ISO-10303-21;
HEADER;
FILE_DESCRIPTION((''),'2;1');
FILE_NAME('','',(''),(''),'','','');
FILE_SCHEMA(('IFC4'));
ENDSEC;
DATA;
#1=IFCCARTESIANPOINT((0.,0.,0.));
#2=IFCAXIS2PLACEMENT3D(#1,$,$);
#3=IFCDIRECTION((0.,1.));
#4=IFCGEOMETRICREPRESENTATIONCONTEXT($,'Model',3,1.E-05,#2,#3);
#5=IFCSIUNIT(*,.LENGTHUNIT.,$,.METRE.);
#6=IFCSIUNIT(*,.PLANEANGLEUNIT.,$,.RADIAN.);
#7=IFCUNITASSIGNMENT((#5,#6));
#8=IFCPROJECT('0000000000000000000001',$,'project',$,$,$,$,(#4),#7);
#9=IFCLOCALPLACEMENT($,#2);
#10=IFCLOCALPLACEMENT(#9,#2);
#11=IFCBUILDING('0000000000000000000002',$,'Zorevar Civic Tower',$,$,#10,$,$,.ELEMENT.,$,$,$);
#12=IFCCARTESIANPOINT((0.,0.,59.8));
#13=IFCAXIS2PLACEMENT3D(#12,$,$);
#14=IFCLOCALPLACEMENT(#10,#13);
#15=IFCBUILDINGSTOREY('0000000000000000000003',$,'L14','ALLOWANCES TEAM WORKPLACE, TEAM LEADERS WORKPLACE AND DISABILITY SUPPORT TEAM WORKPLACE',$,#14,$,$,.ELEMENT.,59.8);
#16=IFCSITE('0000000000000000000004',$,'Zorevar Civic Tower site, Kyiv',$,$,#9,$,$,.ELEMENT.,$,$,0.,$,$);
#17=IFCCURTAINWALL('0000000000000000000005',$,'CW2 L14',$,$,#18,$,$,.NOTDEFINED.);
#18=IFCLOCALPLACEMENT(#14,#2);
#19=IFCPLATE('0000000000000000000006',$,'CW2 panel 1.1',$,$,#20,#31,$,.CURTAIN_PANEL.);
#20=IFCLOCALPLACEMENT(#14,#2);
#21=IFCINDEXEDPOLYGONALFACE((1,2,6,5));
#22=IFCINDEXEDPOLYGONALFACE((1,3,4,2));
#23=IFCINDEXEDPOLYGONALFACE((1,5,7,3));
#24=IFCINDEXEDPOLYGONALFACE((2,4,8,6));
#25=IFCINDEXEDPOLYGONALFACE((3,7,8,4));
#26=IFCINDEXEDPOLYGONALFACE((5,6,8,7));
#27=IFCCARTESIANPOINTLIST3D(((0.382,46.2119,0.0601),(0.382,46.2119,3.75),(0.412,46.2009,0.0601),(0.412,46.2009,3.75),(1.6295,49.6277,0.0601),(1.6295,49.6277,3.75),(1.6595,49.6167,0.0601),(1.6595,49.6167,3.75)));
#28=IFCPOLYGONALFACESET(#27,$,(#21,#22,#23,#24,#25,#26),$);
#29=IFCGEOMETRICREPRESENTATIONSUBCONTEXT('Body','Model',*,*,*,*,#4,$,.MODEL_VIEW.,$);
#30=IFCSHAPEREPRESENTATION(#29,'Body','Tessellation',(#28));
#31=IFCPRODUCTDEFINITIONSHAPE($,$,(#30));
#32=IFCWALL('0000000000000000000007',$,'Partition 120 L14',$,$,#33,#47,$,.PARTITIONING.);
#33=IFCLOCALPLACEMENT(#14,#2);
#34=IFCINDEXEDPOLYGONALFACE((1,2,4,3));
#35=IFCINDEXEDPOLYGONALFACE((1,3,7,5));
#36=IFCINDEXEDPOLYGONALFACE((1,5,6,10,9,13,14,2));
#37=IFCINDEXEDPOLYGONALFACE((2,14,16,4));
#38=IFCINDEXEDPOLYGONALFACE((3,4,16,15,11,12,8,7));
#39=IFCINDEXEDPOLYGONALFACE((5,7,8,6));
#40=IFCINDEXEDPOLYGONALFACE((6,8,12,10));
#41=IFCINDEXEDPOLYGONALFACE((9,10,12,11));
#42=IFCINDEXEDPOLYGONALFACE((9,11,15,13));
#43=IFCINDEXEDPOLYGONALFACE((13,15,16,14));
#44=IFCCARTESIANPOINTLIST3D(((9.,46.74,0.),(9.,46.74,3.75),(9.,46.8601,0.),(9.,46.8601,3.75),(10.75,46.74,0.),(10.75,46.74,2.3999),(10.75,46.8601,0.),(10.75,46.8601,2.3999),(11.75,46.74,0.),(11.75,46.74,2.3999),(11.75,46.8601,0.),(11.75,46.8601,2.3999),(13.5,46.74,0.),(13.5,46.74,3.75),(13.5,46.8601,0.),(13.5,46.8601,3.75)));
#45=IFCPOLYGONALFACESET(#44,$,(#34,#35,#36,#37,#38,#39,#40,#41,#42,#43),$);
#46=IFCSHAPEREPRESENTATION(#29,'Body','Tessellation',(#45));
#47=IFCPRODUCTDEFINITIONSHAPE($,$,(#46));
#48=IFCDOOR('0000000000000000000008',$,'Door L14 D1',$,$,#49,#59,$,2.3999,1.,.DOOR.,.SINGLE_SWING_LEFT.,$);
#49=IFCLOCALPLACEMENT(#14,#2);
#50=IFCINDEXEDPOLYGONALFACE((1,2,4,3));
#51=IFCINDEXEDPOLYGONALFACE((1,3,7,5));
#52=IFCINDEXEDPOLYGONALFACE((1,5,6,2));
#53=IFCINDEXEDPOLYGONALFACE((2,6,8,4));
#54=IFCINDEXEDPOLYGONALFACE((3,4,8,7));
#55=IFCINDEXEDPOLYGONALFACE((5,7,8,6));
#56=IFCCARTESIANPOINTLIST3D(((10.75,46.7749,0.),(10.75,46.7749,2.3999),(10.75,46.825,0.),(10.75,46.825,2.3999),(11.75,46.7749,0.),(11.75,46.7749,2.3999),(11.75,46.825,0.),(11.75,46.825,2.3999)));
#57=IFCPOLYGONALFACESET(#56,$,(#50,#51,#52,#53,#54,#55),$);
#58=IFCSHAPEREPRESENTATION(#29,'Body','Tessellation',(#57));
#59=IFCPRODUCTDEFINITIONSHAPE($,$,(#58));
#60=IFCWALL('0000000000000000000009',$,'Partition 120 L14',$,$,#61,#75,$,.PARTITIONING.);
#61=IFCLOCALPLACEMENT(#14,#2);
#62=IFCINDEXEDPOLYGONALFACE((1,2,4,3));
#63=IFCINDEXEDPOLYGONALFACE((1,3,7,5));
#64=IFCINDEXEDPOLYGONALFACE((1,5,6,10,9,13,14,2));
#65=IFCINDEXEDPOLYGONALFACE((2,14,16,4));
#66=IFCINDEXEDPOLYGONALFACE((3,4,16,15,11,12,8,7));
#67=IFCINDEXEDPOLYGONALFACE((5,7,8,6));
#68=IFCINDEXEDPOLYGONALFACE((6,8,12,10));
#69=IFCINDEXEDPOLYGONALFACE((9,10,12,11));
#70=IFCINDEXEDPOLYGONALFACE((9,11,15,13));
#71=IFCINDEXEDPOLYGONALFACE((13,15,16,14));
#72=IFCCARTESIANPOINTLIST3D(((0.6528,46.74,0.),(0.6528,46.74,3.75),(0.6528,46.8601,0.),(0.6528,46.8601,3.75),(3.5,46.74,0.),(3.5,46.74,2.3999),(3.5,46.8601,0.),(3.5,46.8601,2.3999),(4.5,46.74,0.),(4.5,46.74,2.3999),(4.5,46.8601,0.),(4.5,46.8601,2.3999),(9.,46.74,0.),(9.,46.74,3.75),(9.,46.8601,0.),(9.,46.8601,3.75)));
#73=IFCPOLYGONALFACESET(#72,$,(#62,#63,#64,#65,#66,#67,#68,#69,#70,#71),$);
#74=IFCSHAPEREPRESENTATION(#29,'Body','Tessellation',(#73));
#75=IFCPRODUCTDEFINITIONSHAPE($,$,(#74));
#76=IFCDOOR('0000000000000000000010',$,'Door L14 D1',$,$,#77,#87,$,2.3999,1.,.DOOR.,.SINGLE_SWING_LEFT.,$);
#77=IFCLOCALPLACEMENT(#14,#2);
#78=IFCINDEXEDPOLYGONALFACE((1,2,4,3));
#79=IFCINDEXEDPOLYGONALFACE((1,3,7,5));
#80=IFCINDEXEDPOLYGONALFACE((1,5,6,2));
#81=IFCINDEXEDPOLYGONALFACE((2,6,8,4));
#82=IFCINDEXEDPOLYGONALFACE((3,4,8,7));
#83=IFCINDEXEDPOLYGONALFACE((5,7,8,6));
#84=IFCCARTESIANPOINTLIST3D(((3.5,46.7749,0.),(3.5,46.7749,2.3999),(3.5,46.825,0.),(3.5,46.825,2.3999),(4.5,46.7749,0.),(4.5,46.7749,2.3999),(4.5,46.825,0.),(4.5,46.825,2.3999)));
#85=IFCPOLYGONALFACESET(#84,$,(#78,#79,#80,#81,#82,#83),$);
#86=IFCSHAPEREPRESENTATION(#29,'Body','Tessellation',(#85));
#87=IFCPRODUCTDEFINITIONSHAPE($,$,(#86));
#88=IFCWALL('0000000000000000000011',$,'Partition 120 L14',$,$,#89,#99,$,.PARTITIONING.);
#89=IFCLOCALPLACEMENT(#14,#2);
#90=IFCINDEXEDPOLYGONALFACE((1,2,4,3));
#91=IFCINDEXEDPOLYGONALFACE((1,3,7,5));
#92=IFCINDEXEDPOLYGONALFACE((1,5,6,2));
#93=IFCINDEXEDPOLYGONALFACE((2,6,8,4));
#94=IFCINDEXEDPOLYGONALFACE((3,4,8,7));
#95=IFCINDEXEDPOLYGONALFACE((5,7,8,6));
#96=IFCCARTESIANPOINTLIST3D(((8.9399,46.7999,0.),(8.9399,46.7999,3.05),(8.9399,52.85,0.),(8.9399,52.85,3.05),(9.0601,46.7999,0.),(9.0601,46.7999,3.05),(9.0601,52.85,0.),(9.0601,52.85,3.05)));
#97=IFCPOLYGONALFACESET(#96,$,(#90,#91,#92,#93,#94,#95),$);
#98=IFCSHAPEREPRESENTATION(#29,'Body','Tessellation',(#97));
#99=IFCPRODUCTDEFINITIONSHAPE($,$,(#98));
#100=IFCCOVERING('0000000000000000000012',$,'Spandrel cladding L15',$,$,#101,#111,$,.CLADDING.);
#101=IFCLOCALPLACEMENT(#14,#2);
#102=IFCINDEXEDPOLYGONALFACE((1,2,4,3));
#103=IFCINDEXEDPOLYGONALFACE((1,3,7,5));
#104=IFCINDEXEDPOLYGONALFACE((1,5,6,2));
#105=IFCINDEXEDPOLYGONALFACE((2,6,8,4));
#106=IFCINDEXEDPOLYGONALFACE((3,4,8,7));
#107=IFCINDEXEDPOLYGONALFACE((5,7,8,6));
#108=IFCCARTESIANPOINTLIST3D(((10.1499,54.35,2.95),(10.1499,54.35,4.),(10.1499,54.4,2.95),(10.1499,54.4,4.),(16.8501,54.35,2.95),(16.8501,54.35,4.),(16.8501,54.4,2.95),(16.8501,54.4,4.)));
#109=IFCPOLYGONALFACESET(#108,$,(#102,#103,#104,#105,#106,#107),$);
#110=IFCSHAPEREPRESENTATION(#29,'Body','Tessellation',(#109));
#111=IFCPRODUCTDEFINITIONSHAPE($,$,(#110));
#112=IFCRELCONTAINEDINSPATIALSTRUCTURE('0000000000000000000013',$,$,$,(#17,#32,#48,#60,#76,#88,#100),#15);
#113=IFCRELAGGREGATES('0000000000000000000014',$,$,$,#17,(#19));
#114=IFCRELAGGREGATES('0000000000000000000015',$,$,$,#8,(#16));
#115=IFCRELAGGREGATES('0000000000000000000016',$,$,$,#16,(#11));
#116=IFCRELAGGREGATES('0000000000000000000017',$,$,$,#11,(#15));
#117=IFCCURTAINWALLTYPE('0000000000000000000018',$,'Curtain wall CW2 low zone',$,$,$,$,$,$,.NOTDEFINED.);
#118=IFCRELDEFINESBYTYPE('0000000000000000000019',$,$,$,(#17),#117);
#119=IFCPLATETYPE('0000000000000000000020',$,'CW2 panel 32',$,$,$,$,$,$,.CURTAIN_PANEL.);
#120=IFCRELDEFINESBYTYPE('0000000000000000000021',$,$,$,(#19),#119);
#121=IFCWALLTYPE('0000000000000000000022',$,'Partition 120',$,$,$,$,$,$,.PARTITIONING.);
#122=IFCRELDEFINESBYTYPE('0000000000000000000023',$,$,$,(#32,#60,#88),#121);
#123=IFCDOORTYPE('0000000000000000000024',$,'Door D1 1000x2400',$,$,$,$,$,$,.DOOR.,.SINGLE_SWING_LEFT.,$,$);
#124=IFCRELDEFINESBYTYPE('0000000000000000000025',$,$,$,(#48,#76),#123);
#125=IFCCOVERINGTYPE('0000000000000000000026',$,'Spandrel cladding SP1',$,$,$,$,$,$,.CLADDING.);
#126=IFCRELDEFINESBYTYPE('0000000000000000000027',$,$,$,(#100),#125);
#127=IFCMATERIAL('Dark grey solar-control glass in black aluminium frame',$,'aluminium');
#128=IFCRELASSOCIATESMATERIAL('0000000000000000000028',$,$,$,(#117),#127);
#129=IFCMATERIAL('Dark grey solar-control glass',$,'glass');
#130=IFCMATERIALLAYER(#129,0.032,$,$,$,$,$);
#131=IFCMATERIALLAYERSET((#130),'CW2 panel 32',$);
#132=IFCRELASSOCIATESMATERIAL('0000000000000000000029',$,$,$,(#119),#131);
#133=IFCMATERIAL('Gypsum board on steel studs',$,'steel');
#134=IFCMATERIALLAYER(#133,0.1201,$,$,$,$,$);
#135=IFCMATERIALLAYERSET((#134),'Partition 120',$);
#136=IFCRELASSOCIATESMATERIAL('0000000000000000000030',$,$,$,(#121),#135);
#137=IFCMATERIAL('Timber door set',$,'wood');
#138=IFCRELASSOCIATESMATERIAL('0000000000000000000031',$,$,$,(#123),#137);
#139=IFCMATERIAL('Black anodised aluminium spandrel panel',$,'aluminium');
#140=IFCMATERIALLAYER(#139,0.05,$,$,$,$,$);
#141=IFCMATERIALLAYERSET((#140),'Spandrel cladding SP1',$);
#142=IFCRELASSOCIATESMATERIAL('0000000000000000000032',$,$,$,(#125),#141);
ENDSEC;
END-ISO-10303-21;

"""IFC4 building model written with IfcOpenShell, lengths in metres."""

from ifc_helpers import new_model, si_unit, direction, frame, frame_2d, origin, origin_2d, place, context, subcontext, project, spatial, rectangle, extrude, material, layer, layer_set, type_object, element, fill, aggregate, save


model = new_model("IFC4")

# Units and contexts
model_context = context("Model", 3, precision=1e-05, world=origin(), true_north=direction((0.0, 1.0)))
body_context = subcontext(model_context, "Body", "Model", "MODEL_VIEW")
ifc_project = project(units=[si_unit("LENGTHUNIT", "METRE"), si_unit("PLANEANGLEUNIT", "RADIAN")], contexts=[model_context])

# Site, building, storey
site_placement = place(None, origin())
site = spatial("IfcSite", under=ifc_project, at=site_placement, Name="Zorevar Civic Tower site, Kyiv", CompositionType="ELEMENT", RefElevation=0.0)
building_placement = place(site_placement, origin())
building = spatial("IfcBuilding", under=site, at=building_placement, Name="Zorevar Civic Tower", CompositionType="ELEMENT")
storey_placement = place(building_placement, frame((0.0, 0.0, 59.8)))
storey = spatial("IfcBuildingStorey", under=building, at=storey_placement, Name="L14", Description="ALLOWANCES TEAM WORKPLACE, TEAM LEADERS WORKPLACE AND DISABILITY SUPPORT TEAM WORKPLACE", CompositionType="ELEMENT", Elevation=59.8)

# Shared definitions
ifc_material_1 = material(Name="Dark grey solar-control glass in black aluminium frame", Category="aluminium")
curtain_wall_type = type_object("IfcCurtainWallType", Name="Curtain wall CW2 low zone", PredefinedType="NOTDEFINED", material=ifc_material_1)

# Curtain wall
curtain_wall_1_placement = place(storey_placement, origin())
curtain_wall_1 = element("IfcCurtainWall", 1, at=curtain_wall_1_placement, inside=storey, type_object=curtain_wall_type, Name="CW2 L14", PredefinedType="NOTDEFINED")

# Plate
ifc_material_2 = material(Name="Dark grey solar-control glass", Category="glass")
ifc_layer_1 = layer(ifc_material_2, 0.032)
ifc_layer_set_1 = layer_set([ifc_layer_1], Name="CW2 panel 32")
plate_type = type_object("IfcPlateType", Name="CW2 panel 32", PredefinedType="CURTAIN_PANEL", material=ifc_layer_set_1)
plate_1_placement = place(storey_placement, frame((1.0208, 47.9143, 0.0601), z_axis=(0.0, 0.0, 1.0), x_axis=(-0.34306, -0.939313, 0.0)))
plate_1 = element("IfcPlate", 2, at=plate_1_placement, type_object=plate_type, Name="CW2 panel 1.1", PredefinedType="CURTAIN_PANEL", context=body_context, shape_type="SweptSolid", body=[
    extrude(rectangle(XDim=3.6365, YDim=0.032, at=origin_2d()), origin(), (0.0, 0.0, 1.0), 3.6899),
])
aggregate(curtain_wall_1, [plate_1])

# Walls, openings, doors
ifc_material_3 = material(Name="Gypsum board on steel studs", Category="steel")
ifc_layer_2 = layer(ifc_material_3, 0.1201)
ifc_layer_set_2 = layer_set([ifc_layer_2], Name="Partition 120")
wall_type = type_object("IfcWallType", Name="Partition 120", PredefinedType="PARTITIONING", material=ifc_layer_set_2)
wall_1_placement = place(storey_placement, frame((9.0, 46.8, 0.0), z_axis=(0.0, 0.0, 1.0), x_axis=(1.0, 0.0, 0.0)))
wall_1 = element("IfcWall", 3, at=wall_1_placement, inside=storey, type_object=wall_type, Name="Partition 120 L14", PredefinedType="PARTITIONING", context=body_context, shape_type="SweptSolid", body=[
    extrude(rectangle(XDim=4.5, YDim=0.1201, at=frame_2d((2.25, 0.0))), origin(), (0.0, 0.0, 1.0), 3.75),
])
opening_1_placement = place(wall_1_placement, frame((1.75, 0.0, 0.0)))
opening_1 = element("IfcOpeningElement", 4, at=opening_1_placement, cuts=wall_1, PredefinedType="OPENING", context=body_context, shape_type="SweptSolid", body=[
    extrude(rectangle(XDim=1.0, YDim=2.3999, at=frame_2d((0.5, 1.2))), frame((0.0, 0.0701, 0.0), z_axis=(0.0, -1.0, 0.0), x_axis=(1.0, 0.0, 0.0)), (0.0, 0.0, 1.0), 0.1401),
])
ifc_material_4 = material(Name="Timber door set", Category="wood")
door_type = type_object("IfcDoorType", Name="Door D1 1000x2400", OperationType="SINGLE_SWING_LEFT", PredefinedType="DOOR", material=ifc_material_4)
door_1_placement = place(opening_1_placement, origin())
door_1 = element("IfcDoor", 5, at=door_1_placement, inside=storey, type_object=door_type, Name="Door L14 D1", OperationType="SINGLE_SWING_LEFT", OverallHeight=2.3999, OverallWidth=1.0, PredefinedType="DOOR", context=body_context, shape_type="SweptSolid", body=[
    extrude(rectangle(XDim=1.0, YDim=2.3999, at=frame_2d((0.5, 1.2))), frame((0.0, 0.0249, 0.0), z_axis=(0.0, -1.0, 0.0), x_axis=(1.0, 0.0, 0.0)), (0.0, 0.0, 1.0), 0.05),
])
fill(opening_1, door_1)
wall_2_placement = place(storey_placement, frame((0.6528, 46.8, 0.0), z_axis=(0.0, 0.0, 1.0), x_axis=(1.0, 0.0, 0.0)))
wall_2 = element("IfcWall", 6, at=wall_2_placement, inside=storey, type_object=wall_type, Name="Partition 120 L14", PredefinedType="PARTITIONING", context=body_context, shape_type="SweptSolid", body=[
    extrude(rectangle(XDim=8.3472, YDim=0.1201, at=frame_2d((4.1736, 0.0))), origin(), (0.0, 0.0, 1.0), 3.75),
])
opening_2_placement = place(wall_2_placement, frame((2.8472, 0.0, 0.0)))
opening_2 = element("IfcOpeningElement", 7, at=opening_2_placement, cuts=wall_2, PredefinedType="OPENING", context=body_context, shape_type="SweptSolid", body=[
    extrude(rectangle(XDim=1.0, YDim=2.3999, at=frame_2d((0.5, 1.2))), frame((0.0, 0.0701, 0.0), z_axis=(0.0, -1.0, 0.0), x_axis=(1.0, 0.0, 0.0)), (0.0, 0.0, 1.0), 0.1401),
])
door_2_placement = place(opening_2_placement, origin())
door_2 = element("IfcDoor", 8, at=door_2_placement, inside=storey, type_object=door_type, Name="Door L14 D1", OperationType="SINGLE_SWING_LEFT", OverallHeight=2.3999, OverallWidth=1.0, PredefinedType="DOOR", context=body_context, shape_type="SweptSolid", body=[
    extrude(rectangle(XDim=1.0, YDim=2.3999, at=frame_2d((0.5, 1.2))), frame((0.0, 0.0249, 0.0), z_axis=(0.0, -1.0, 0.0), x_axis=(1.0, 0.0, 0.0)), (0.0, 0.0, 1.0), 0.05),
])
fill(opening_2, door_2)

# Wall
wall_3_placement = place(storey_placement, frame((9.0, 46.8, 0.0), z_axis=(0.0, 0.0, 1.0), x_axis=(0.0, 1.0, 0.0)))
element("IfcWall", 9, at=wall_3_placement, inside=storey, type_object=wall_type, Name="Partition 120 L14", PredefinedType="PARTITIONING", context=body_context, shape_type="SweptSolid", body=[
    extrude(rectangle(XDim=6.05, YDim=0.1201, at=frame_2d((3.0249, 0.0))), origin(), (0.0, 0.0, 1.0), 3.05),
])

# Covering
ifc_material_5 = material(Name="Black anodised aluminium spandrel panel", Category="aluminium")
ifc_layer_3 = layer(ifc_material_5, 0.05)
ifc_layer_set_3 = layer_set([ifc_layer_3], Name="Spandrel cladding SP1")
covering_type = type_object("IfcCoveringType", Name="Spandrel cladding SP1", PredefinedType="CLADDING", material=ifc_layer_set_3)
covering_placement = place(storey_placement, frame((10.1499, 54.375, 2.95), z_axis=(0.0, 0.0, 1.0), x_axis=(1.0, 0.0, 0.0)))
element("IfcCovering", 10, at=covering_placement, inside=storey, type_object=covering_type, Name="Spandrel cladding L15", PredefinedType="CLADDING", context=body_context, shape_type="SweptSolid", body=[
    extrude(rectangle(XDim=6.7002, YDim=0.05, at=frame_2d((3.3501, 0.0))), origin(), (0.0, 0.0, 1.0), 1.05),
])

save(model, "model.ifc")
